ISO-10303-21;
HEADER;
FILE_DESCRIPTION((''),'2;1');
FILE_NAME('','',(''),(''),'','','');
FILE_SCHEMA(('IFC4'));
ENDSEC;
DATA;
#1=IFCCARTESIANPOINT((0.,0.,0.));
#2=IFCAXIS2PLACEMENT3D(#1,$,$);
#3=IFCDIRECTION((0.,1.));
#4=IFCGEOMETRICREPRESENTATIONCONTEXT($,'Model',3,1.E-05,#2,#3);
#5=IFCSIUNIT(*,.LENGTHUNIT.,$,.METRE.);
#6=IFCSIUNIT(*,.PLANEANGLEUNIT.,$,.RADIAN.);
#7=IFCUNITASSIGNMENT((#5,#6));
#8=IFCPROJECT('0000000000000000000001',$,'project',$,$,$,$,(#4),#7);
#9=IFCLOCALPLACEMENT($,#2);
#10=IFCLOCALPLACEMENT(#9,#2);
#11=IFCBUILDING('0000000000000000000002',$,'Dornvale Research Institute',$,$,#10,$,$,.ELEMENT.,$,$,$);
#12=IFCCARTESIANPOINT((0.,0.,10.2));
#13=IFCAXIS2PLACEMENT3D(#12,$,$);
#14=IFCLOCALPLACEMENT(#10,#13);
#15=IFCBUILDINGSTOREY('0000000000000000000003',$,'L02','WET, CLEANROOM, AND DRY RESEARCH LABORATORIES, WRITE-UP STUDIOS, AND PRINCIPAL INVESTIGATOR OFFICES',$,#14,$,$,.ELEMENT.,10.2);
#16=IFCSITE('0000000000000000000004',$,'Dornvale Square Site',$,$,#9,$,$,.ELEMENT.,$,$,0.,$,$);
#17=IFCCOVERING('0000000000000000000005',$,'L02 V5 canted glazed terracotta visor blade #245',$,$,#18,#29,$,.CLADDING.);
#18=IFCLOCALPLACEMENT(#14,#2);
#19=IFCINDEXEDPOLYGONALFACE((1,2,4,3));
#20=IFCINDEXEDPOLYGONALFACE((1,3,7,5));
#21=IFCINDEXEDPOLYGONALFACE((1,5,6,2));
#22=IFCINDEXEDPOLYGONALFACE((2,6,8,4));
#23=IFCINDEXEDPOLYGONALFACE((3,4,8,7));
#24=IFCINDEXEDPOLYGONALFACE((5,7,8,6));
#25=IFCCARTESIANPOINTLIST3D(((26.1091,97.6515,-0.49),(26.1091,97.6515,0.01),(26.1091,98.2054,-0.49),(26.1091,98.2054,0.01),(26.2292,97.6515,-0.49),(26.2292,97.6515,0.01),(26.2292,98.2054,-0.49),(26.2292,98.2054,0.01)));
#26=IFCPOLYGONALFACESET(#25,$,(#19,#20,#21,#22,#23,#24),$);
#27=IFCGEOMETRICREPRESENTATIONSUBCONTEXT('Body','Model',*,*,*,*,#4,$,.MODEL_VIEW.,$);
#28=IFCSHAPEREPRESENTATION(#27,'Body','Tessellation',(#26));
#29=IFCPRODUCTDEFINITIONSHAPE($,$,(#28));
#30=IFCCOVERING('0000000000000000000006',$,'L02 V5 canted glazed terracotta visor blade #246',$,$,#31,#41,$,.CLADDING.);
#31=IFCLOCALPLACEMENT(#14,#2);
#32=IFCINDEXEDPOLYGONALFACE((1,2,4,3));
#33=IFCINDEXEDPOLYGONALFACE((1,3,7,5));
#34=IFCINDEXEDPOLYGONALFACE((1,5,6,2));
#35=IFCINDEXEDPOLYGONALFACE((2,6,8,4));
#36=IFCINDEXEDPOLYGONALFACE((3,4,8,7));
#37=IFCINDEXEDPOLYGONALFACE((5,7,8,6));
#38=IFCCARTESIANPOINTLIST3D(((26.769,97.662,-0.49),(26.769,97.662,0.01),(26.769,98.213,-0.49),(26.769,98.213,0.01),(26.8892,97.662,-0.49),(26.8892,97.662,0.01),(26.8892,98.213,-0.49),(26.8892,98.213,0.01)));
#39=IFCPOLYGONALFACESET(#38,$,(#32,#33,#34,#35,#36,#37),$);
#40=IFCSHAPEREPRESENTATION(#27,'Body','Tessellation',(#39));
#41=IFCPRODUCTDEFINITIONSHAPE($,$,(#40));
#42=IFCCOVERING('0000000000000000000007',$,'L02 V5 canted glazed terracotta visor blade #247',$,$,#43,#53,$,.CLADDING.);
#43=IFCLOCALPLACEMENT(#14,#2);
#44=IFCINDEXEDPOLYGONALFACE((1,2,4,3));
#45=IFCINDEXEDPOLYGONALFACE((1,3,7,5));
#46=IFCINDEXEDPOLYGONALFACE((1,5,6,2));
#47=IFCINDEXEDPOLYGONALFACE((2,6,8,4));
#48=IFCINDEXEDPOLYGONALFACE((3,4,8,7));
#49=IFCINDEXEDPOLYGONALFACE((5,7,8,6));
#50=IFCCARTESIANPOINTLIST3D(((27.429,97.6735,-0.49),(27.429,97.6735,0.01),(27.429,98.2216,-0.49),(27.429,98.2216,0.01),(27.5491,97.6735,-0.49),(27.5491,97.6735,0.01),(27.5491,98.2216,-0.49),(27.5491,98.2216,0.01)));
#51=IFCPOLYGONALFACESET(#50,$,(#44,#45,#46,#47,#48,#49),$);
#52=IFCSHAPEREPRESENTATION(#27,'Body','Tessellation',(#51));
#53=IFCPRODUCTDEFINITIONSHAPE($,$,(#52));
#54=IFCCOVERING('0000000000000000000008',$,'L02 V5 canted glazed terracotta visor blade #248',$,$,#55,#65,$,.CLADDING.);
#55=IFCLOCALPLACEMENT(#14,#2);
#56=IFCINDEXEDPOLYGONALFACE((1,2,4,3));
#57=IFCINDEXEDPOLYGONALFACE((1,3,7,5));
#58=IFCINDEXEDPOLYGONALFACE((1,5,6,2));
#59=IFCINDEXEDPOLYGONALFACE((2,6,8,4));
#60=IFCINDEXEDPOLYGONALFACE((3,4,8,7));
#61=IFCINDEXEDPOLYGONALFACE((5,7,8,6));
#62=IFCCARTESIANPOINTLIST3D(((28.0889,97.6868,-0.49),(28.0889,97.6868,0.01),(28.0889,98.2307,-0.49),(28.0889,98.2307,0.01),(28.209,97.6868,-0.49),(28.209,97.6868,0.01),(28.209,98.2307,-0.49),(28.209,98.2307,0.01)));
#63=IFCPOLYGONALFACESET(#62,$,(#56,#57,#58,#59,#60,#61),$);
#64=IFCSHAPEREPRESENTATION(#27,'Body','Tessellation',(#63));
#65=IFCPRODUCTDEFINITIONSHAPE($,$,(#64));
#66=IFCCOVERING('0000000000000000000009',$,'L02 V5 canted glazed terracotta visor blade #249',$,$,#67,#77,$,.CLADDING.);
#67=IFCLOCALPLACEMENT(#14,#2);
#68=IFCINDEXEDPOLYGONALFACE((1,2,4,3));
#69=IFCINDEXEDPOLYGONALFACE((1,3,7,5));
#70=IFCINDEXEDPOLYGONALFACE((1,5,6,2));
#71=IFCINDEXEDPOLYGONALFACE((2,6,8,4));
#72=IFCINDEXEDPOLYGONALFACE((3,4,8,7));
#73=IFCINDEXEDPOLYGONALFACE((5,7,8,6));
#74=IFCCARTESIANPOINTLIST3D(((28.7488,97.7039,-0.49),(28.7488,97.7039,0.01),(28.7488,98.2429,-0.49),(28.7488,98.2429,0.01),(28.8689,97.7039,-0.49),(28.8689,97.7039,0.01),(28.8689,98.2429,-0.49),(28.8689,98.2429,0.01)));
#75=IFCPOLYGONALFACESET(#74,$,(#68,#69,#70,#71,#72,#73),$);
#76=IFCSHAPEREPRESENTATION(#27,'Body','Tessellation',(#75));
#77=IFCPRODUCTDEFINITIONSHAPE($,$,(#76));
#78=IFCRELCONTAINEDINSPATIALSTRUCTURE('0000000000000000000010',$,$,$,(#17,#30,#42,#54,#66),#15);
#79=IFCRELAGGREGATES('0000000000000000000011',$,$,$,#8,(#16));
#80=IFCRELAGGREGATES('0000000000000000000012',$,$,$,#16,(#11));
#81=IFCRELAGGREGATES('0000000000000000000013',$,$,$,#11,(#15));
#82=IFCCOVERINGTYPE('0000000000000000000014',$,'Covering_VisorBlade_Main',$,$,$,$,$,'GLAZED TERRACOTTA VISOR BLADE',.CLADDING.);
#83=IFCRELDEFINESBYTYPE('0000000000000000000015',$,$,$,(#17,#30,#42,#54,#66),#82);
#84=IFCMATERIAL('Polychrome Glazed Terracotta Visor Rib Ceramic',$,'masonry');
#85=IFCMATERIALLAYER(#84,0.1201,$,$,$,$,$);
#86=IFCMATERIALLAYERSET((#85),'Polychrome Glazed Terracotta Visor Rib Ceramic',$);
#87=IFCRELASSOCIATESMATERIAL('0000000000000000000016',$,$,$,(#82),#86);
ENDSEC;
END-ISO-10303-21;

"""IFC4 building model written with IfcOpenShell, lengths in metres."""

from ifc_helpers import new_model, si_unit, direction, frame, origin, origin_2d, place, context, subcontext, project, spatial, rectangle, extrude, material, layer, layer_set, type_object, element, save


model = new_model("IFC4")

# Units and contexts
model_context = context("Model", 3, precision=1e-05, world=origin(), true_north=direction((0.0, 1.0)))
body_context = subcontext(model_context, "Body", "Model", "MODEL_VIEW")
ifc_project = project(units=[si_unit("LENGTHUNIT", "METRE"), si_unit("PLANEANGLEUNIT", "RADIAN")], contexts=[model_context])

# Site, building, storey
site_placement = place(None, origin())
site = spatial("IfcSite", under=ifc_project, at=site_placement, Name="Dornvale Square Site", CompositionType="ELEMENT", RefElevation=0.0)
building_placement = place(site_placement, origin())
building = spatial("IfcBuilding", under=site, at=building_placement, Name="Dornvale Research Institute", CompositionType="ELEMENT")
storey_placement = place(building_placement, frame((0.0, 0.0, 10.2)))
storey = spatial("IfcBuildingStorey", under=building, at=storey_placement, Name="L02", Description="WET, CLEANROOM, AND DRY RESEARCH LABORATORIES, WRITE-UP STUDIOS, AND PRINCIPAL INVESTIGATOR OFFICES", CompositionType="ELEMENT", Elevation=10.2)

# Coverings
ifc_material_1 = material(Name="Polychrome Glazed Terracotta Visor Rib Ceramic", Category="masonry")
ifc_layer_1 = layer(ifc_material_1, 0.1201)
ifc_layer_set_1 = layer_set([ifc_layer_1], Name="Polychrome Glazed Terracotta Visor Rib Ceramic")
covering_type = type_object("IfcCoveringType", Name="Covering_VisorBlade_Main", ElementType="GLAZED TERRACOTTA VISOR BLADE", PredefinedType="CLADDING", material=ifc_layer_set_1)
covering_1_placement = place(storey_placement, frame((26.1692, 97.9285, -0.49), z_axis=(0.0, 0.0, 1.0), x_axis=(0.0, 1.0, 0.0)))
element("IfcCovering", 1, at=covering_1_placement, inside=storey, type_object=covering_type, Name="L02 V5 canted glazed terracotta visor blade #245", PredefinedType="CLADDING", context=body_context, shape_type="SweptSolid", body=[
    extrude(rectangle(XDim=0.554, YDim=0.1201, at=origin_2d()), origin(), (0.0, 0.0, 1.0), 0.5),
])
covering_2_placement = place(storey_placement, frame((26.8291, 97.9375, -0.49), z_axis=(0.0, 0.0, 1.0), x_axis=(0.0, 1.0, 0.0)))
element("IfcCovering", 2, at=covering_2_placement, inside=storey, type_object=covering_type, Name="L02 V5 canted glazed terracotta visor blade #246", PredefinedType="CLADDING", context=body_context, shape_type="SweptSolid", body=[
    extrude(rectangle(XDim=0.551, YDim=0.1201, at=origin_2d()), origin(), (0.0, 0.0, 1.0), 0.5),
])
covering_3_placement = place(storey_placement, frame((27.489, 97.9475, -0.49), z_axis=(0.0, 0.0, 1.0), x_axis=(0.0, 1.0, 0.0)))
element("IfcCovering", 3, at=covering_3_placement, inside=storey, type_object=covering_type, Name="L02 V5 canted glazed terracotta visor blade #247", PredefinedType="CLADDING", context=body_context, shape_type="SweptSolid", body=[
    extrude(rectangle(XDim=0.5481, YDim=0.1201, at=origin_2d()), origin(), (0.0, 0.0, 1.0), 0.5),
])
covering_4_placement = place(storey_placement, frame((28.1489, 97.9587, -0.49), z_axis=(0.0, 0.0, 1.0), x_axis=(0.0, 1.0, 0.0)))
element("IfcCovering", 4, at=covering_4_placement, inside=storey, type_object=covering_type, Name="L02 V5 canted glazed terracotta visor blade #248", PredefinedType="CLADDING", context=body_context, shape_type="SweptSolid", body=[
    extrude(rectangle(XDim=0.5439, YDim=0.1201, at=origin_2d()), origin(), (0.0, 0.0, 1.0), 0.5),
])
covering_5_placement = place(storey_placement, frame((28.8088, 97.9734, -0.49), z_axis=(0.0, 0.0, 1.0), x_axis=(0.0, 1.0, 0.0)))
element("IfcCovering", 5, at=covering_5_placement, inside=storey, type_object=covering_type, Name="L02 V5 canted glazed terracotta visor blade #249", PredefinedType="CLADDING", context=body_context, shape_type="SweptSolid", body=[
    extrude(rectangle(XDim=0.5391, YDim=0.1201, at=origin_2d()), origin(), (0.0, 0.0, 1.0), 0.5),
])

save(model, "model.ifc")
